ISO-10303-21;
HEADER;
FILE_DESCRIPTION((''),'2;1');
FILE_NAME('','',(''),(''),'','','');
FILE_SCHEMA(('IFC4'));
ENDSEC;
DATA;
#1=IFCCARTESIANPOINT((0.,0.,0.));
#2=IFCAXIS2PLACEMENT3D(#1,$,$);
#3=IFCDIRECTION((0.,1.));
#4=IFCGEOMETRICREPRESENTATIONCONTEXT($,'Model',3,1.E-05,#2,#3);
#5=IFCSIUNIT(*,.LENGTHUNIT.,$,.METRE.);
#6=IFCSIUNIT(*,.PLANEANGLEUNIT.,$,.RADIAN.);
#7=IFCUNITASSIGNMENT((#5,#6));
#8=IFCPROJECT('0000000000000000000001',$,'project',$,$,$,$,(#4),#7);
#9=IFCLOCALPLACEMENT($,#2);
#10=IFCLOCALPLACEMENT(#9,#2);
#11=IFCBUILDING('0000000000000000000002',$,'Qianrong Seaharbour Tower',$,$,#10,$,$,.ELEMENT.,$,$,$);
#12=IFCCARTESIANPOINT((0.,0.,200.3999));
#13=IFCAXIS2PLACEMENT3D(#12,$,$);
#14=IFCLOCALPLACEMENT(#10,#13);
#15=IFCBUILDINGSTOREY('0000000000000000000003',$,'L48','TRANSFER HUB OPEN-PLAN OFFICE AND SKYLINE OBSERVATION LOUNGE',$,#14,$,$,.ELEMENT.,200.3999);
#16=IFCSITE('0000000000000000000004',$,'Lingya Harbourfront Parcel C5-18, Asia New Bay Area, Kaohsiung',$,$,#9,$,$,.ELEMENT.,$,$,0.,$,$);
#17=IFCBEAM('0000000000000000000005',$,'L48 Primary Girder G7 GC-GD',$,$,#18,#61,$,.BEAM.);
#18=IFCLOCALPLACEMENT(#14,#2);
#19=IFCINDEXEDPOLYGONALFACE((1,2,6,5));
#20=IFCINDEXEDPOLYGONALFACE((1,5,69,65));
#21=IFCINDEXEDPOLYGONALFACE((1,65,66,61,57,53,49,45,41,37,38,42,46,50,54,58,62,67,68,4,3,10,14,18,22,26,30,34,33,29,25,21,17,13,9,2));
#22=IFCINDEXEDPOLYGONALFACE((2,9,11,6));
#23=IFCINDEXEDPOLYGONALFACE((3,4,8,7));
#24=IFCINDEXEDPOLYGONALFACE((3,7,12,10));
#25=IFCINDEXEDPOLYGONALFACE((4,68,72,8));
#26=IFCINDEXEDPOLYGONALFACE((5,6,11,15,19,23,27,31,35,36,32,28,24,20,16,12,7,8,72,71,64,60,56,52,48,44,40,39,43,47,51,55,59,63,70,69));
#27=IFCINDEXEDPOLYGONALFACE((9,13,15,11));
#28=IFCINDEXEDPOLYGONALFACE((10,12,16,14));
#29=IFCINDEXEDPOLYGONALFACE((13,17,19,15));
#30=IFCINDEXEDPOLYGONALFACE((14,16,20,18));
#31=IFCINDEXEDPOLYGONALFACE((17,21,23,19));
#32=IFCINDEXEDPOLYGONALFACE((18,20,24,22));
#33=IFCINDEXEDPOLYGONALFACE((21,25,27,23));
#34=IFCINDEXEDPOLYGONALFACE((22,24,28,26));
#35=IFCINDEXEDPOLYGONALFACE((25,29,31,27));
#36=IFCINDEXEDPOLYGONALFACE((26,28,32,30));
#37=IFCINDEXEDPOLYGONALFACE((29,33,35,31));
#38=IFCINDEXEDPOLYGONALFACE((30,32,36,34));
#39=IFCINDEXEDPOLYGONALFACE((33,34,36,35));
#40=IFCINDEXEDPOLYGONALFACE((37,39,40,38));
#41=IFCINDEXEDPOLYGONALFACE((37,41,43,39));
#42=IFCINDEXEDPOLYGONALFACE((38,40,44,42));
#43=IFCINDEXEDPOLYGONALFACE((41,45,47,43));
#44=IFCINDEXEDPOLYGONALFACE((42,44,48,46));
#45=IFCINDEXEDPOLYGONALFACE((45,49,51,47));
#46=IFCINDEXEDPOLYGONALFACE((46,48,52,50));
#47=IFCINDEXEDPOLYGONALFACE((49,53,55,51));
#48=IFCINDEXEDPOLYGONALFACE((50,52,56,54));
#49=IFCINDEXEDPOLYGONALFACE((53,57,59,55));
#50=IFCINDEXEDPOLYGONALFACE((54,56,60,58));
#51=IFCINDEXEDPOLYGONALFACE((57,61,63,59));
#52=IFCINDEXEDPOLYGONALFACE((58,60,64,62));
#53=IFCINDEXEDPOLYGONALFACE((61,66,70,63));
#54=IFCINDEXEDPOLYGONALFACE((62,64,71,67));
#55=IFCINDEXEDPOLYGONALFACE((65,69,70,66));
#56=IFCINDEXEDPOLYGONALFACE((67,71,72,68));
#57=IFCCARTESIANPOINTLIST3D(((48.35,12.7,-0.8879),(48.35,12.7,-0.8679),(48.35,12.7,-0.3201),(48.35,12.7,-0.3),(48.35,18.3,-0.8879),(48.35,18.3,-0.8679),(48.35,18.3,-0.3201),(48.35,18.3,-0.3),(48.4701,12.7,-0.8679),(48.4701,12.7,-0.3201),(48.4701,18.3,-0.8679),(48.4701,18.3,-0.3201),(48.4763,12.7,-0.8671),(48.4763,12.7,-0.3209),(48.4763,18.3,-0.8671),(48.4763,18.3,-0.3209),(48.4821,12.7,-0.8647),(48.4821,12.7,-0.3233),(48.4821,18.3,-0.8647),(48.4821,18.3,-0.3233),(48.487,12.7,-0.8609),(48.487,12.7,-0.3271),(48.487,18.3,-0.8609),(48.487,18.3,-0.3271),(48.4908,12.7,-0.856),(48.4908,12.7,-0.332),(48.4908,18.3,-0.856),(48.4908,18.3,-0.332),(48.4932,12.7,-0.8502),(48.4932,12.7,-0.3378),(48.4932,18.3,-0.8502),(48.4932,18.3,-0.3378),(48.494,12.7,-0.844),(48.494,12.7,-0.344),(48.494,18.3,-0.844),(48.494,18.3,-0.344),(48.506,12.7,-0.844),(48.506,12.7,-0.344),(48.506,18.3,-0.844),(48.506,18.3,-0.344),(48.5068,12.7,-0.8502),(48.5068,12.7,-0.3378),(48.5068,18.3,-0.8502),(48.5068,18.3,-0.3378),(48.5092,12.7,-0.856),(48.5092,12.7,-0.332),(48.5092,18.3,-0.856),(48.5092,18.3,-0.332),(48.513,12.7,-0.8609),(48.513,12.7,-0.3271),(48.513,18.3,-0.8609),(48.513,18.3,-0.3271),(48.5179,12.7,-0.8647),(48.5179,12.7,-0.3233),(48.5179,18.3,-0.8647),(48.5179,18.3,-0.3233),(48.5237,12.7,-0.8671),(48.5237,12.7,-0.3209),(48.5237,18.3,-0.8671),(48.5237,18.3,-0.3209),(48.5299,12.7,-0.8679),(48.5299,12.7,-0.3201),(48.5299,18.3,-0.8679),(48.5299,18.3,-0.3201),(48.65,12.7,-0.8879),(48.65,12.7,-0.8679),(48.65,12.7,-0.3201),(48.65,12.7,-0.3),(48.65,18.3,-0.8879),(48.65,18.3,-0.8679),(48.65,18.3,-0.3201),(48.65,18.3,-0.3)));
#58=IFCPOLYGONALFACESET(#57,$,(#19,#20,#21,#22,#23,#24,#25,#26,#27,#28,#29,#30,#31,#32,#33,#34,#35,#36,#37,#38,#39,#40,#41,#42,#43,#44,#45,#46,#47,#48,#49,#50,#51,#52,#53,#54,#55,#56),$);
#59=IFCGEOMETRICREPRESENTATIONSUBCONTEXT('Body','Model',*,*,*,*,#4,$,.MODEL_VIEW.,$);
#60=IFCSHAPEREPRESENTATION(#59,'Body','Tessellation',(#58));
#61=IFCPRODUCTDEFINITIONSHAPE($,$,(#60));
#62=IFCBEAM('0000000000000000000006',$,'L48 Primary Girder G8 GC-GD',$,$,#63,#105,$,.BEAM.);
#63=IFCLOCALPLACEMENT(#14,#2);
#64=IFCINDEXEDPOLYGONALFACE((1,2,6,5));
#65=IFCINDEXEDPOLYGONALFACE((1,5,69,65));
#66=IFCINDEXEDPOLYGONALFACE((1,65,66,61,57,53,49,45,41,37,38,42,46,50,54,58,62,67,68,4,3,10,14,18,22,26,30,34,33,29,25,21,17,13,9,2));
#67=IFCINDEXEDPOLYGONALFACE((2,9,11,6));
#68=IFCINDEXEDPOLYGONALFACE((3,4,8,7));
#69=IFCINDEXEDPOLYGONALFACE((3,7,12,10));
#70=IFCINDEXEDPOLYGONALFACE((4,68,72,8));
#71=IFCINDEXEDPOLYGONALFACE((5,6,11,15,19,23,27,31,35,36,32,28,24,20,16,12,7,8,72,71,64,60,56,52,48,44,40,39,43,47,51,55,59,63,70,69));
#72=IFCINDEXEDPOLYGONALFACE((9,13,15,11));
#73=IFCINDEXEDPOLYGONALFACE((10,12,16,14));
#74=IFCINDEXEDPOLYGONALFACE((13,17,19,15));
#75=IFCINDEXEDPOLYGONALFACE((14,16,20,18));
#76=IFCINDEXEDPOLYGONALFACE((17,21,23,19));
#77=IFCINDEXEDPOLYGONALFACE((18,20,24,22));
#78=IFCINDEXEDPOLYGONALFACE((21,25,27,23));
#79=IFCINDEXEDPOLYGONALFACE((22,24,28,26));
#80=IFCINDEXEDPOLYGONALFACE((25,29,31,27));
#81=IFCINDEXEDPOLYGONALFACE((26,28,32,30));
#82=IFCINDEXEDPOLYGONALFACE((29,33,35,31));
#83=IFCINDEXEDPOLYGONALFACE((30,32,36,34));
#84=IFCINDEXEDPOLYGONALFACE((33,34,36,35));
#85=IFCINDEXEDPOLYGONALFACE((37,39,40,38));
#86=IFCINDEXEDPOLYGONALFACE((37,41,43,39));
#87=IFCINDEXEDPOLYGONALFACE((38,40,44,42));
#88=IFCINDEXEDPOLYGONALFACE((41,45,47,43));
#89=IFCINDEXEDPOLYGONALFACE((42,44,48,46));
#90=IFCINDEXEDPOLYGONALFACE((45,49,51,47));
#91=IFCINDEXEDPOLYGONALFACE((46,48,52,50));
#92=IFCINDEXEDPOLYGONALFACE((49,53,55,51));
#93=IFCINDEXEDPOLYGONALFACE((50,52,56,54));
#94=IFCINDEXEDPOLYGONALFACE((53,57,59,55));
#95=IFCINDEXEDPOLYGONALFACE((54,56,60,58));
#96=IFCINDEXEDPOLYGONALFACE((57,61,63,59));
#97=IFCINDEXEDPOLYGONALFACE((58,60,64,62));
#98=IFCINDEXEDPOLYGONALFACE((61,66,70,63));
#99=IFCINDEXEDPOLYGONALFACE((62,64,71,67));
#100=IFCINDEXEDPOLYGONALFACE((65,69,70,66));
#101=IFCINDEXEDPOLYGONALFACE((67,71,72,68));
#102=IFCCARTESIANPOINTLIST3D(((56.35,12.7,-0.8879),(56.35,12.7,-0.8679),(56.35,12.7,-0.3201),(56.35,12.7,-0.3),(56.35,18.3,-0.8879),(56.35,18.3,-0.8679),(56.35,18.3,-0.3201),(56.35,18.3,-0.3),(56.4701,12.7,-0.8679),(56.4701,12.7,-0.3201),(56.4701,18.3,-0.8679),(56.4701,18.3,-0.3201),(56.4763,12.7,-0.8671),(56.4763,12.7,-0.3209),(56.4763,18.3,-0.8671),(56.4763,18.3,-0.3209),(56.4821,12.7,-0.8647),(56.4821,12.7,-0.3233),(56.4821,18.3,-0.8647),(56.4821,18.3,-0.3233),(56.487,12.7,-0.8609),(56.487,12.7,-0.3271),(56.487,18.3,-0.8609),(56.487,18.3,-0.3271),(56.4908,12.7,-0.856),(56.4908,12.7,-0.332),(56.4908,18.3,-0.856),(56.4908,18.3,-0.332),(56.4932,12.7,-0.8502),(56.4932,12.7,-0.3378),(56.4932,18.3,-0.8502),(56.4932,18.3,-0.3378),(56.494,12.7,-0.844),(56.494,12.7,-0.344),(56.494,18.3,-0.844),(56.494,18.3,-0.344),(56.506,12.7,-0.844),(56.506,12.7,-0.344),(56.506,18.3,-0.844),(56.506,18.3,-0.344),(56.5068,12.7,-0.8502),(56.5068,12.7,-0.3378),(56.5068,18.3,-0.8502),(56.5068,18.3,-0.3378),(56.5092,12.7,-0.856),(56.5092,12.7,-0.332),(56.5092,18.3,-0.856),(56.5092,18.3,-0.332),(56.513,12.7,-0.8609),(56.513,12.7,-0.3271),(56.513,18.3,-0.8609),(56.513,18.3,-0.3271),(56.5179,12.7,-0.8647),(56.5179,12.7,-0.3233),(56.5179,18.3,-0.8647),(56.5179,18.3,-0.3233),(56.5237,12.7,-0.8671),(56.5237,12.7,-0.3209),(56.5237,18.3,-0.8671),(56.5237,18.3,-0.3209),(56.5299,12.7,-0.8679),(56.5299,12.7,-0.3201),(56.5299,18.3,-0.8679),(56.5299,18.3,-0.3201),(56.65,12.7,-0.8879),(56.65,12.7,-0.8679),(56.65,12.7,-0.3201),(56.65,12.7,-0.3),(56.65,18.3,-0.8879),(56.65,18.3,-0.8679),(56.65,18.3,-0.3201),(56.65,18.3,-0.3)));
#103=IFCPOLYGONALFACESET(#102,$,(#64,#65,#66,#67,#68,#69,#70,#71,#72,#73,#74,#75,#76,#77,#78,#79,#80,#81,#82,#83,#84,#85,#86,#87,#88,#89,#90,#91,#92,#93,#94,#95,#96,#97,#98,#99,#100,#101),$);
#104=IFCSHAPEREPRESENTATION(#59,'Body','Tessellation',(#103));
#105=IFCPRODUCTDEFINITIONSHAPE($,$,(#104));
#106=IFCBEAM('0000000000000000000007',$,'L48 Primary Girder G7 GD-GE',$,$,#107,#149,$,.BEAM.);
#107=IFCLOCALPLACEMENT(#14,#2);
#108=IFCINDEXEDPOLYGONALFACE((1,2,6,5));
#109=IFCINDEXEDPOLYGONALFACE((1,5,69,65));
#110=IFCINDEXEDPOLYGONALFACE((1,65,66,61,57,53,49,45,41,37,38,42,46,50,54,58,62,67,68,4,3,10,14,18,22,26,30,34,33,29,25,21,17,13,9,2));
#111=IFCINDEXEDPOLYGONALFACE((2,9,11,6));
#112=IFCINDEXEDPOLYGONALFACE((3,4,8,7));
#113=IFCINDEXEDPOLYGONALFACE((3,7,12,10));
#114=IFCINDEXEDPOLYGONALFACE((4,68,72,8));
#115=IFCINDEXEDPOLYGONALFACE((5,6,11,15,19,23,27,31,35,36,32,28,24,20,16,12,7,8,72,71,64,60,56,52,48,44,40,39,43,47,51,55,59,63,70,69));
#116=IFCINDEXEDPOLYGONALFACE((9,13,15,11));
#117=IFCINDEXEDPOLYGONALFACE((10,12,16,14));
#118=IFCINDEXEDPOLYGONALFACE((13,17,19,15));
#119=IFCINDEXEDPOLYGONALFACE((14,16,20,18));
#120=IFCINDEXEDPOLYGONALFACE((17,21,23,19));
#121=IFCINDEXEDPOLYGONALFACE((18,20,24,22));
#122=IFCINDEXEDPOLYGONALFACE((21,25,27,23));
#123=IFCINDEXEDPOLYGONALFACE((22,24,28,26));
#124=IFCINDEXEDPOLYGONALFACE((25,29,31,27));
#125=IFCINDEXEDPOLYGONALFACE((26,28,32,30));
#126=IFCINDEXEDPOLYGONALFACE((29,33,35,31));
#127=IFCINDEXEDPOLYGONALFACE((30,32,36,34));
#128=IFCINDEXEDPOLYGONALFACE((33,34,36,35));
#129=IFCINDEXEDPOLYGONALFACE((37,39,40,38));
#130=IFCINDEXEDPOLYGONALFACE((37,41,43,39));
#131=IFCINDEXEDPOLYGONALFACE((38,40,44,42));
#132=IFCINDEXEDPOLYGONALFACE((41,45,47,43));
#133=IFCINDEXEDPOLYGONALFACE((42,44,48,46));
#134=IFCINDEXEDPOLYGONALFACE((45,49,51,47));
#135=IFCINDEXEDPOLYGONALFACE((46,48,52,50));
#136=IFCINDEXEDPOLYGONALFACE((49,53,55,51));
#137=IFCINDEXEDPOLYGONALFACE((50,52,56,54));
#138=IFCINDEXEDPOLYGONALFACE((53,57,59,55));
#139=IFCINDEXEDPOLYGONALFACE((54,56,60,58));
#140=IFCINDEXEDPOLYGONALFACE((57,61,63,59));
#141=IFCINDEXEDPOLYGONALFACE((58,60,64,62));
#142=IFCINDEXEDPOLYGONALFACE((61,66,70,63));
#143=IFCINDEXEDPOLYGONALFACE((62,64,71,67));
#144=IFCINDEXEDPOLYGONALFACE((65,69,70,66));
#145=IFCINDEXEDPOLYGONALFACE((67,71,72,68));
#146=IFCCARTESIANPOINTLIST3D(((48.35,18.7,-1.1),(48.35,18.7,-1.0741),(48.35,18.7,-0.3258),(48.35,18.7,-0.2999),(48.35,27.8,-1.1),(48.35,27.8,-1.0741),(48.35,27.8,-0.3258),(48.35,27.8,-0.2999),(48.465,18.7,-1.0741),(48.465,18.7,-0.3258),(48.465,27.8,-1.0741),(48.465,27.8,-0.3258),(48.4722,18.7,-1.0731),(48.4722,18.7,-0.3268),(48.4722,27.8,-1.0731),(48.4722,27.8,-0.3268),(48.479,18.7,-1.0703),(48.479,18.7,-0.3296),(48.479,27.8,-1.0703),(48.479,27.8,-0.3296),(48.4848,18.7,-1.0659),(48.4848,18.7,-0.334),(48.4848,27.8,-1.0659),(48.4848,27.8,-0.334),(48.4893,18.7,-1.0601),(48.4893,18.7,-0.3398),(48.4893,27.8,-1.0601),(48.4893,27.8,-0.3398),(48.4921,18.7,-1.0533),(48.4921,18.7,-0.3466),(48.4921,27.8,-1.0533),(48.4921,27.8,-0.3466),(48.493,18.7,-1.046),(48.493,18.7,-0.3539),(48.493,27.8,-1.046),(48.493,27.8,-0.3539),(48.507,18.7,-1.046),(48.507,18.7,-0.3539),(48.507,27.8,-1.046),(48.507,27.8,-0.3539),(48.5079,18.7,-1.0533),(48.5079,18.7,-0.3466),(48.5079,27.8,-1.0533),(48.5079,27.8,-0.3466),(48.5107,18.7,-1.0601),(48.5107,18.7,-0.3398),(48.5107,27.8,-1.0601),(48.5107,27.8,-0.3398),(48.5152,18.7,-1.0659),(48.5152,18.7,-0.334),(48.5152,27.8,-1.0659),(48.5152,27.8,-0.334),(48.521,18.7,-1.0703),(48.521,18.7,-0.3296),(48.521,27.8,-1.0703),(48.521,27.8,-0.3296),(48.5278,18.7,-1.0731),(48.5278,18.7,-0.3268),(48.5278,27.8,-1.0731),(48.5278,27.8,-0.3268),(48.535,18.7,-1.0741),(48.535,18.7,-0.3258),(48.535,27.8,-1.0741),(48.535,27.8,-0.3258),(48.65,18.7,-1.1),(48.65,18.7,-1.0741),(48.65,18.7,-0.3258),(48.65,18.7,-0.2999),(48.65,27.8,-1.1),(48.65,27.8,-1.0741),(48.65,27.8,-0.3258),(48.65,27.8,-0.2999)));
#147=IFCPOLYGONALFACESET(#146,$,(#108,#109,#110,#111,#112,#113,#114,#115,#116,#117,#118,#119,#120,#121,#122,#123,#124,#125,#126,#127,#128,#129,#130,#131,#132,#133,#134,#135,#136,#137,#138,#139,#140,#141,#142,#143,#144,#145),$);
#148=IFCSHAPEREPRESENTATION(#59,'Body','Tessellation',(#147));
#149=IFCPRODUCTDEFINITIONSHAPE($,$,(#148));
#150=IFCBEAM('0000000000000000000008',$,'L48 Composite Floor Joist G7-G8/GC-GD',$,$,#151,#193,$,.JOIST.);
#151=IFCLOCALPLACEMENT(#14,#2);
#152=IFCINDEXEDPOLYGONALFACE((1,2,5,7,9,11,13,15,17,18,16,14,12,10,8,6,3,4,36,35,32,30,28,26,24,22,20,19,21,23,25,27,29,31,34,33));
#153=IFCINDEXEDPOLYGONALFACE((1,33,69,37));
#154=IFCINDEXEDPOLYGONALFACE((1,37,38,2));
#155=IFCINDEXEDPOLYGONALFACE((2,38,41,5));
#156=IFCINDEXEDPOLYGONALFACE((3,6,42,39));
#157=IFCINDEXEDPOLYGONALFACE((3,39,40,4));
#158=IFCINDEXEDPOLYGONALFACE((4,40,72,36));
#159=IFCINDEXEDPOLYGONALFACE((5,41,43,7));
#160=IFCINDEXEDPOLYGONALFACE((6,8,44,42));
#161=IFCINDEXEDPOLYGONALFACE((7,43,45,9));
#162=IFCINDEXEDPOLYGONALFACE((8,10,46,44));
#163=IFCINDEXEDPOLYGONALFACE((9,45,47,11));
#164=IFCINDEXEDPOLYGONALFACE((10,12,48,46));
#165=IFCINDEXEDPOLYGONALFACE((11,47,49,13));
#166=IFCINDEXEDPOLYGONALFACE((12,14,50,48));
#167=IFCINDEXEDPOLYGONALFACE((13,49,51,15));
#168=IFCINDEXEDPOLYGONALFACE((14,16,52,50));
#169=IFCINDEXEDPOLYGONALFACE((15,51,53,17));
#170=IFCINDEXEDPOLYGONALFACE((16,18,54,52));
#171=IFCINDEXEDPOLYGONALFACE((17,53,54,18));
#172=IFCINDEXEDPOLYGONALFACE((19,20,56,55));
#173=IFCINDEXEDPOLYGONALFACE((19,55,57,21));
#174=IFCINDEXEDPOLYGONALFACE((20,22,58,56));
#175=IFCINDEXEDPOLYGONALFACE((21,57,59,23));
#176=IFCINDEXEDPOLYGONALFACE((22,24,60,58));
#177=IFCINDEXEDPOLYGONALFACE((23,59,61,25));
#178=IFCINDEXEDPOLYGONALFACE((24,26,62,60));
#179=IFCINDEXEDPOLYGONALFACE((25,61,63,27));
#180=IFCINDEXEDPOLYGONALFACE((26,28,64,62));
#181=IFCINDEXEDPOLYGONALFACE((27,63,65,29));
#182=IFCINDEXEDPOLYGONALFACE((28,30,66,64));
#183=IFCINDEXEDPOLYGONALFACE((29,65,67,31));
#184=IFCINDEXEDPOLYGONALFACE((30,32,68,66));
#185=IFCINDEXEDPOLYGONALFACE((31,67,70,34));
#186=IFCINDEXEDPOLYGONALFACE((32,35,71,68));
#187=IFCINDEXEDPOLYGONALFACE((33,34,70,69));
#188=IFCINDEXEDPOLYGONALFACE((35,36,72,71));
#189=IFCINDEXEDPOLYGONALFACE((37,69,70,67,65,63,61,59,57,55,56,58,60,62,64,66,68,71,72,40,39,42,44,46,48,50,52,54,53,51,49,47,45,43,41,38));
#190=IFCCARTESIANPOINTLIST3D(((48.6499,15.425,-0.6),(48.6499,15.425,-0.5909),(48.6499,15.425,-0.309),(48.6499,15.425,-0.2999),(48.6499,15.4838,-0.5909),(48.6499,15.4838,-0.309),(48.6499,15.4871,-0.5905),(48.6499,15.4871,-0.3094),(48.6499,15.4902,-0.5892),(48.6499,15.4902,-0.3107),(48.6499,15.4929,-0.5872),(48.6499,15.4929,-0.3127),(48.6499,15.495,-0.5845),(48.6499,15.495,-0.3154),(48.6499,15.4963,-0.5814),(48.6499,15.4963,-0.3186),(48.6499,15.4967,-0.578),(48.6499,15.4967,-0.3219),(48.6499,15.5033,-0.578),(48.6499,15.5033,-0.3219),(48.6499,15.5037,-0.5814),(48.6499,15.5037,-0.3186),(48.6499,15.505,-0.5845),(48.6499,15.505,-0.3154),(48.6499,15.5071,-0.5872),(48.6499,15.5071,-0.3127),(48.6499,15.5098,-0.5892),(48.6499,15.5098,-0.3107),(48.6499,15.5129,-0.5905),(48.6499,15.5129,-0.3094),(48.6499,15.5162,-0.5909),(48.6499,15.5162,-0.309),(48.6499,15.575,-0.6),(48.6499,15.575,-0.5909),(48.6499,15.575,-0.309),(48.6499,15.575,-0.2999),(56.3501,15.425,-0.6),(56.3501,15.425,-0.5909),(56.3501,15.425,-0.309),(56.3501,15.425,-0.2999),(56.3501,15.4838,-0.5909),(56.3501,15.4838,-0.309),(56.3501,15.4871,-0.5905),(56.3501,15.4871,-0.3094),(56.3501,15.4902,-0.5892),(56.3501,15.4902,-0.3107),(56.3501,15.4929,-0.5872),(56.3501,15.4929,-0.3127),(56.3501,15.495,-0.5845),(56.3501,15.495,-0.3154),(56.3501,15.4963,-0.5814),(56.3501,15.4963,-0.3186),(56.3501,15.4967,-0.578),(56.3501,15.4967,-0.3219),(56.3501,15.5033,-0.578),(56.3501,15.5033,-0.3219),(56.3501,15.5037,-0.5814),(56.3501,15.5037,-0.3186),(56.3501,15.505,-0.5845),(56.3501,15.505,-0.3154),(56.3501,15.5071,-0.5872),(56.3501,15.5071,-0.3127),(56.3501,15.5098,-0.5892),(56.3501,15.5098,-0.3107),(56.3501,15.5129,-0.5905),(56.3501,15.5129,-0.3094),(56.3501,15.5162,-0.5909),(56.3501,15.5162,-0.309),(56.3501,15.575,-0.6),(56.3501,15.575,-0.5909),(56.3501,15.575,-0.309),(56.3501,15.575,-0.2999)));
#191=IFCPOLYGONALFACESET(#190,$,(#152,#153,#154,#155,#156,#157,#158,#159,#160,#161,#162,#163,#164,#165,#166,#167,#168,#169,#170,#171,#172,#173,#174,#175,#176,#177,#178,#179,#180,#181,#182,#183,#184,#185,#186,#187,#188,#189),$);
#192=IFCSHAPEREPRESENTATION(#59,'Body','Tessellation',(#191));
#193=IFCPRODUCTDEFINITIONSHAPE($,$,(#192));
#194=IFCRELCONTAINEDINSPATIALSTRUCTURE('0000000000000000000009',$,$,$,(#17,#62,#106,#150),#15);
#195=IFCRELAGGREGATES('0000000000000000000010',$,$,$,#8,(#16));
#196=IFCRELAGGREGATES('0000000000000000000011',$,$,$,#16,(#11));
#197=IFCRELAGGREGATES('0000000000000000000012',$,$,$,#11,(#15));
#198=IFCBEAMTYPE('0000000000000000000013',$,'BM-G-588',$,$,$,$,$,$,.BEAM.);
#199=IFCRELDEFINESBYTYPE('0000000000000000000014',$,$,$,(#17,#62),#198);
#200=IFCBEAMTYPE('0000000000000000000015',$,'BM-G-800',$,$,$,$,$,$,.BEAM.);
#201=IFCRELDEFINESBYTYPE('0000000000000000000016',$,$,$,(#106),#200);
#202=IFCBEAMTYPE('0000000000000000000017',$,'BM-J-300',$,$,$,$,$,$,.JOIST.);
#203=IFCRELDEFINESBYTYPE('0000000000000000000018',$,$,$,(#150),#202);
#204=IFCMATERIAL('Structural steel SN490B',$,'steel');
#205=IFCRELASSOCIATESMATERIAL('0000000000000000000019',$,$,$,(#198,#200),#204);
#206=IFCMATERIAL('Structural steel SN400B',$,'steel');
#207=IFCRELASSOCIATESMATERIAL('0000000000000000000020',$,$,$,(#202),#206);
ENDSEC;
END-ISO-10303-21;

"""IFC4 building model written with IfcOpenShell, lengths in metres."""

from ifc_helpers import new_model, si_unit, direction, frame, origin, origin_2d, place, context, subcontext, project, spatial, i_section, extrude, material, material_profile, profile_set, type_object, element, save


model = new_model("IFC4")

# Units and contexts
model_context = context("Model", 3, precision=1e-05, world=origin(), true_north=direction((0.0, 1.0)))
body_context = subcontext(model_context, "Body", "Model", "MODEL_VIEW")
ifc_project = project(units=[si_unit("LENGTHUNIT", "METRE"), si_unit("PLANEANGLEUNIT", "RADIAN")], contexts=[model_context])

# Site, building, storey
site_placement = place(None, origin())
site = spatial("IfcSite", under=ifc_project, at=site_placement, Name="Lingya Harbourfront Parcel C5-18, Asia New Bay Area, Kaohsiung", CompositionType="ELEMENT", RefElevation=0.0)
building_placement = place(site_placement, origin())
building = spatial("IfcBuilding", under=site, at=building_placement, Name="Qianrong Seaharbour Tower", CompositionType="ELEMENT")
storey_placement = place(building_placement, frame((0.0, 0.0, 200.3999)))
storey = spatial("IfcBuildingStorey", under=building, at=storey_placement, Name="L48", Description="TRANSFER HUB OPEN-PLAN OFFICE AND SKYLINE OBSERVATION LOUNGE", CompositionType="ELEMENT", Elevation=200.3999)

# Shared definitions
ifc_material_1 = material(Name="Structural steel SN490B", Category="steel")

# Beams
ifc_material_profile_1 = material_profile(ifc_material_1, i_section(OverallWidth=0.3, OverallDepth=0.5879, WebThickness=0.012, FlangeThickness=0.02, FilletRadius=0.0239, at=origin_2d()), Name="H588x300x12x20")
ifc_profile_set_1 = profile_set([ifc_material_profile_1], Name="Structural steel SN490B")
beam_type_1 = type_object("IfcBeamType", Name="BM-G-588", PredefinedType="BEAM", material=ifc_profile_set_1)
for number, where, z_axis, x_axis, name in (
    (1, (48.5, 12.7, -0.594), (0.0, 1.0, 0.0), (-1.0, 0.0, 0.0), "L48 Primary Girder G7 GC-GD"),
    (2, (56.5, 12.7, -0.594), (0.0, 1.0, 0.0), (-1.0, 0.0, 0.0), "L48 Primary Girder G8 GC-GD"),
):
    element("IfcBeam", number, at=place(storey_placement, frame(where, z_axis=z_axis, x_axis=x_axis)), inside=storey, type_object=beam_type_1, Name=name, PredefinedType="BEAM", context=body_context, shape_type="SweptSolid", body=[
        extrude(i_section(OverallWidth=0.3, OverallDepth=0.5879, WebThickness=0.012, FlangeThickness=0.02, FilletRadius=0.0239, at=origin_2d()), origin(), (0.0, 0.0, 1.0), 5.6001),
    ])
ifc_material_profile_2 = material_profile(ifc_material_1, i_section(OverallWidth=0.3, OverallDepth=0.8, WebThickness=0.0139, FlangeThickness=0.0259, FilletRadius=0.0281, at=origin_2d()), Name="H800x300x14x26")
ifc_profile_set_2 = profile_set([ifc_material_profile_2], Name="Structural steel SN490B")
beam_type_2 = type_object("IfcBeamType", Name="BM-G-800", PredefinedType="BEAM", material=ifc_profile_set_2)
beam_1_placement = place(storey_placement, frame((48.5, 18.7, -0.7), z_axis=(0.0, 1.0, 0.0), x_axis=(-1.0, 0.0, 0.0)))
element("IfcBeam", 3, at=beam_1_placement, inside=storey, type_object=beam_type_2, Name="L48 Primary Girder G7 GD-GE", PredefinedType="BEAM", context=body_context, shape_type="SweptSolid", body=[
    extrude(i_section(OverallWidth=0.3, OverallDepth=0.8, WebThickness=0.0139, FlangeThickness=0.0259, FilletRadius=0.0281, at=origin_2d()), origin(), (0.0, 0.0, 1.0), 9.1001),
])
ifc_material_2 = material(Name="Structural steel SN400B", Category="steel")
ifc_material_profile_3 = material_profile(ifc_material_2, i_section(OverallWidth=0.1499, OverallDepth=0.3, WebThickness=0.0066, FlangeThickness=0.009, FilletRadius=0.0129, at=origin_2d()), Name="H300x150x6.5x9")
ifc_profile_set_3 = profile_set([ifc_material_profile_3], Name="Structural steel SN400B")
beam_type_3 = type_object("IfcBeamType", Name="BM-J-300", PredefinedType="JOIST", material=ifc_profile_set_3)
beam_2_placement = place(storey_placement, frame((48.6499, 15.5, -0.45), z_axis=(1.0, 0.0, 0.0), x_axis=(0.0, 1.0, 0.0)))
element("IfcBeam", 4, at=beam_2_placement, inside=storey, type_object=beam_type_3, Name="L48 Composite Floor Joist G7-G8/GC-GD", PredefinedType="JOIST", context=body_context, shape_type="SweptSolid", body=[
    extrude(i_section(OverallWidth=0.1499, OverallDepth=0.3, WebThickness=0.0066, FlangeThickness=0.009, FilletRadius=0.0129, at=origin_2d()), origin(), (0.0, 0.0, 1.0), 7.7002),
])

save(model, "model.ifc")
